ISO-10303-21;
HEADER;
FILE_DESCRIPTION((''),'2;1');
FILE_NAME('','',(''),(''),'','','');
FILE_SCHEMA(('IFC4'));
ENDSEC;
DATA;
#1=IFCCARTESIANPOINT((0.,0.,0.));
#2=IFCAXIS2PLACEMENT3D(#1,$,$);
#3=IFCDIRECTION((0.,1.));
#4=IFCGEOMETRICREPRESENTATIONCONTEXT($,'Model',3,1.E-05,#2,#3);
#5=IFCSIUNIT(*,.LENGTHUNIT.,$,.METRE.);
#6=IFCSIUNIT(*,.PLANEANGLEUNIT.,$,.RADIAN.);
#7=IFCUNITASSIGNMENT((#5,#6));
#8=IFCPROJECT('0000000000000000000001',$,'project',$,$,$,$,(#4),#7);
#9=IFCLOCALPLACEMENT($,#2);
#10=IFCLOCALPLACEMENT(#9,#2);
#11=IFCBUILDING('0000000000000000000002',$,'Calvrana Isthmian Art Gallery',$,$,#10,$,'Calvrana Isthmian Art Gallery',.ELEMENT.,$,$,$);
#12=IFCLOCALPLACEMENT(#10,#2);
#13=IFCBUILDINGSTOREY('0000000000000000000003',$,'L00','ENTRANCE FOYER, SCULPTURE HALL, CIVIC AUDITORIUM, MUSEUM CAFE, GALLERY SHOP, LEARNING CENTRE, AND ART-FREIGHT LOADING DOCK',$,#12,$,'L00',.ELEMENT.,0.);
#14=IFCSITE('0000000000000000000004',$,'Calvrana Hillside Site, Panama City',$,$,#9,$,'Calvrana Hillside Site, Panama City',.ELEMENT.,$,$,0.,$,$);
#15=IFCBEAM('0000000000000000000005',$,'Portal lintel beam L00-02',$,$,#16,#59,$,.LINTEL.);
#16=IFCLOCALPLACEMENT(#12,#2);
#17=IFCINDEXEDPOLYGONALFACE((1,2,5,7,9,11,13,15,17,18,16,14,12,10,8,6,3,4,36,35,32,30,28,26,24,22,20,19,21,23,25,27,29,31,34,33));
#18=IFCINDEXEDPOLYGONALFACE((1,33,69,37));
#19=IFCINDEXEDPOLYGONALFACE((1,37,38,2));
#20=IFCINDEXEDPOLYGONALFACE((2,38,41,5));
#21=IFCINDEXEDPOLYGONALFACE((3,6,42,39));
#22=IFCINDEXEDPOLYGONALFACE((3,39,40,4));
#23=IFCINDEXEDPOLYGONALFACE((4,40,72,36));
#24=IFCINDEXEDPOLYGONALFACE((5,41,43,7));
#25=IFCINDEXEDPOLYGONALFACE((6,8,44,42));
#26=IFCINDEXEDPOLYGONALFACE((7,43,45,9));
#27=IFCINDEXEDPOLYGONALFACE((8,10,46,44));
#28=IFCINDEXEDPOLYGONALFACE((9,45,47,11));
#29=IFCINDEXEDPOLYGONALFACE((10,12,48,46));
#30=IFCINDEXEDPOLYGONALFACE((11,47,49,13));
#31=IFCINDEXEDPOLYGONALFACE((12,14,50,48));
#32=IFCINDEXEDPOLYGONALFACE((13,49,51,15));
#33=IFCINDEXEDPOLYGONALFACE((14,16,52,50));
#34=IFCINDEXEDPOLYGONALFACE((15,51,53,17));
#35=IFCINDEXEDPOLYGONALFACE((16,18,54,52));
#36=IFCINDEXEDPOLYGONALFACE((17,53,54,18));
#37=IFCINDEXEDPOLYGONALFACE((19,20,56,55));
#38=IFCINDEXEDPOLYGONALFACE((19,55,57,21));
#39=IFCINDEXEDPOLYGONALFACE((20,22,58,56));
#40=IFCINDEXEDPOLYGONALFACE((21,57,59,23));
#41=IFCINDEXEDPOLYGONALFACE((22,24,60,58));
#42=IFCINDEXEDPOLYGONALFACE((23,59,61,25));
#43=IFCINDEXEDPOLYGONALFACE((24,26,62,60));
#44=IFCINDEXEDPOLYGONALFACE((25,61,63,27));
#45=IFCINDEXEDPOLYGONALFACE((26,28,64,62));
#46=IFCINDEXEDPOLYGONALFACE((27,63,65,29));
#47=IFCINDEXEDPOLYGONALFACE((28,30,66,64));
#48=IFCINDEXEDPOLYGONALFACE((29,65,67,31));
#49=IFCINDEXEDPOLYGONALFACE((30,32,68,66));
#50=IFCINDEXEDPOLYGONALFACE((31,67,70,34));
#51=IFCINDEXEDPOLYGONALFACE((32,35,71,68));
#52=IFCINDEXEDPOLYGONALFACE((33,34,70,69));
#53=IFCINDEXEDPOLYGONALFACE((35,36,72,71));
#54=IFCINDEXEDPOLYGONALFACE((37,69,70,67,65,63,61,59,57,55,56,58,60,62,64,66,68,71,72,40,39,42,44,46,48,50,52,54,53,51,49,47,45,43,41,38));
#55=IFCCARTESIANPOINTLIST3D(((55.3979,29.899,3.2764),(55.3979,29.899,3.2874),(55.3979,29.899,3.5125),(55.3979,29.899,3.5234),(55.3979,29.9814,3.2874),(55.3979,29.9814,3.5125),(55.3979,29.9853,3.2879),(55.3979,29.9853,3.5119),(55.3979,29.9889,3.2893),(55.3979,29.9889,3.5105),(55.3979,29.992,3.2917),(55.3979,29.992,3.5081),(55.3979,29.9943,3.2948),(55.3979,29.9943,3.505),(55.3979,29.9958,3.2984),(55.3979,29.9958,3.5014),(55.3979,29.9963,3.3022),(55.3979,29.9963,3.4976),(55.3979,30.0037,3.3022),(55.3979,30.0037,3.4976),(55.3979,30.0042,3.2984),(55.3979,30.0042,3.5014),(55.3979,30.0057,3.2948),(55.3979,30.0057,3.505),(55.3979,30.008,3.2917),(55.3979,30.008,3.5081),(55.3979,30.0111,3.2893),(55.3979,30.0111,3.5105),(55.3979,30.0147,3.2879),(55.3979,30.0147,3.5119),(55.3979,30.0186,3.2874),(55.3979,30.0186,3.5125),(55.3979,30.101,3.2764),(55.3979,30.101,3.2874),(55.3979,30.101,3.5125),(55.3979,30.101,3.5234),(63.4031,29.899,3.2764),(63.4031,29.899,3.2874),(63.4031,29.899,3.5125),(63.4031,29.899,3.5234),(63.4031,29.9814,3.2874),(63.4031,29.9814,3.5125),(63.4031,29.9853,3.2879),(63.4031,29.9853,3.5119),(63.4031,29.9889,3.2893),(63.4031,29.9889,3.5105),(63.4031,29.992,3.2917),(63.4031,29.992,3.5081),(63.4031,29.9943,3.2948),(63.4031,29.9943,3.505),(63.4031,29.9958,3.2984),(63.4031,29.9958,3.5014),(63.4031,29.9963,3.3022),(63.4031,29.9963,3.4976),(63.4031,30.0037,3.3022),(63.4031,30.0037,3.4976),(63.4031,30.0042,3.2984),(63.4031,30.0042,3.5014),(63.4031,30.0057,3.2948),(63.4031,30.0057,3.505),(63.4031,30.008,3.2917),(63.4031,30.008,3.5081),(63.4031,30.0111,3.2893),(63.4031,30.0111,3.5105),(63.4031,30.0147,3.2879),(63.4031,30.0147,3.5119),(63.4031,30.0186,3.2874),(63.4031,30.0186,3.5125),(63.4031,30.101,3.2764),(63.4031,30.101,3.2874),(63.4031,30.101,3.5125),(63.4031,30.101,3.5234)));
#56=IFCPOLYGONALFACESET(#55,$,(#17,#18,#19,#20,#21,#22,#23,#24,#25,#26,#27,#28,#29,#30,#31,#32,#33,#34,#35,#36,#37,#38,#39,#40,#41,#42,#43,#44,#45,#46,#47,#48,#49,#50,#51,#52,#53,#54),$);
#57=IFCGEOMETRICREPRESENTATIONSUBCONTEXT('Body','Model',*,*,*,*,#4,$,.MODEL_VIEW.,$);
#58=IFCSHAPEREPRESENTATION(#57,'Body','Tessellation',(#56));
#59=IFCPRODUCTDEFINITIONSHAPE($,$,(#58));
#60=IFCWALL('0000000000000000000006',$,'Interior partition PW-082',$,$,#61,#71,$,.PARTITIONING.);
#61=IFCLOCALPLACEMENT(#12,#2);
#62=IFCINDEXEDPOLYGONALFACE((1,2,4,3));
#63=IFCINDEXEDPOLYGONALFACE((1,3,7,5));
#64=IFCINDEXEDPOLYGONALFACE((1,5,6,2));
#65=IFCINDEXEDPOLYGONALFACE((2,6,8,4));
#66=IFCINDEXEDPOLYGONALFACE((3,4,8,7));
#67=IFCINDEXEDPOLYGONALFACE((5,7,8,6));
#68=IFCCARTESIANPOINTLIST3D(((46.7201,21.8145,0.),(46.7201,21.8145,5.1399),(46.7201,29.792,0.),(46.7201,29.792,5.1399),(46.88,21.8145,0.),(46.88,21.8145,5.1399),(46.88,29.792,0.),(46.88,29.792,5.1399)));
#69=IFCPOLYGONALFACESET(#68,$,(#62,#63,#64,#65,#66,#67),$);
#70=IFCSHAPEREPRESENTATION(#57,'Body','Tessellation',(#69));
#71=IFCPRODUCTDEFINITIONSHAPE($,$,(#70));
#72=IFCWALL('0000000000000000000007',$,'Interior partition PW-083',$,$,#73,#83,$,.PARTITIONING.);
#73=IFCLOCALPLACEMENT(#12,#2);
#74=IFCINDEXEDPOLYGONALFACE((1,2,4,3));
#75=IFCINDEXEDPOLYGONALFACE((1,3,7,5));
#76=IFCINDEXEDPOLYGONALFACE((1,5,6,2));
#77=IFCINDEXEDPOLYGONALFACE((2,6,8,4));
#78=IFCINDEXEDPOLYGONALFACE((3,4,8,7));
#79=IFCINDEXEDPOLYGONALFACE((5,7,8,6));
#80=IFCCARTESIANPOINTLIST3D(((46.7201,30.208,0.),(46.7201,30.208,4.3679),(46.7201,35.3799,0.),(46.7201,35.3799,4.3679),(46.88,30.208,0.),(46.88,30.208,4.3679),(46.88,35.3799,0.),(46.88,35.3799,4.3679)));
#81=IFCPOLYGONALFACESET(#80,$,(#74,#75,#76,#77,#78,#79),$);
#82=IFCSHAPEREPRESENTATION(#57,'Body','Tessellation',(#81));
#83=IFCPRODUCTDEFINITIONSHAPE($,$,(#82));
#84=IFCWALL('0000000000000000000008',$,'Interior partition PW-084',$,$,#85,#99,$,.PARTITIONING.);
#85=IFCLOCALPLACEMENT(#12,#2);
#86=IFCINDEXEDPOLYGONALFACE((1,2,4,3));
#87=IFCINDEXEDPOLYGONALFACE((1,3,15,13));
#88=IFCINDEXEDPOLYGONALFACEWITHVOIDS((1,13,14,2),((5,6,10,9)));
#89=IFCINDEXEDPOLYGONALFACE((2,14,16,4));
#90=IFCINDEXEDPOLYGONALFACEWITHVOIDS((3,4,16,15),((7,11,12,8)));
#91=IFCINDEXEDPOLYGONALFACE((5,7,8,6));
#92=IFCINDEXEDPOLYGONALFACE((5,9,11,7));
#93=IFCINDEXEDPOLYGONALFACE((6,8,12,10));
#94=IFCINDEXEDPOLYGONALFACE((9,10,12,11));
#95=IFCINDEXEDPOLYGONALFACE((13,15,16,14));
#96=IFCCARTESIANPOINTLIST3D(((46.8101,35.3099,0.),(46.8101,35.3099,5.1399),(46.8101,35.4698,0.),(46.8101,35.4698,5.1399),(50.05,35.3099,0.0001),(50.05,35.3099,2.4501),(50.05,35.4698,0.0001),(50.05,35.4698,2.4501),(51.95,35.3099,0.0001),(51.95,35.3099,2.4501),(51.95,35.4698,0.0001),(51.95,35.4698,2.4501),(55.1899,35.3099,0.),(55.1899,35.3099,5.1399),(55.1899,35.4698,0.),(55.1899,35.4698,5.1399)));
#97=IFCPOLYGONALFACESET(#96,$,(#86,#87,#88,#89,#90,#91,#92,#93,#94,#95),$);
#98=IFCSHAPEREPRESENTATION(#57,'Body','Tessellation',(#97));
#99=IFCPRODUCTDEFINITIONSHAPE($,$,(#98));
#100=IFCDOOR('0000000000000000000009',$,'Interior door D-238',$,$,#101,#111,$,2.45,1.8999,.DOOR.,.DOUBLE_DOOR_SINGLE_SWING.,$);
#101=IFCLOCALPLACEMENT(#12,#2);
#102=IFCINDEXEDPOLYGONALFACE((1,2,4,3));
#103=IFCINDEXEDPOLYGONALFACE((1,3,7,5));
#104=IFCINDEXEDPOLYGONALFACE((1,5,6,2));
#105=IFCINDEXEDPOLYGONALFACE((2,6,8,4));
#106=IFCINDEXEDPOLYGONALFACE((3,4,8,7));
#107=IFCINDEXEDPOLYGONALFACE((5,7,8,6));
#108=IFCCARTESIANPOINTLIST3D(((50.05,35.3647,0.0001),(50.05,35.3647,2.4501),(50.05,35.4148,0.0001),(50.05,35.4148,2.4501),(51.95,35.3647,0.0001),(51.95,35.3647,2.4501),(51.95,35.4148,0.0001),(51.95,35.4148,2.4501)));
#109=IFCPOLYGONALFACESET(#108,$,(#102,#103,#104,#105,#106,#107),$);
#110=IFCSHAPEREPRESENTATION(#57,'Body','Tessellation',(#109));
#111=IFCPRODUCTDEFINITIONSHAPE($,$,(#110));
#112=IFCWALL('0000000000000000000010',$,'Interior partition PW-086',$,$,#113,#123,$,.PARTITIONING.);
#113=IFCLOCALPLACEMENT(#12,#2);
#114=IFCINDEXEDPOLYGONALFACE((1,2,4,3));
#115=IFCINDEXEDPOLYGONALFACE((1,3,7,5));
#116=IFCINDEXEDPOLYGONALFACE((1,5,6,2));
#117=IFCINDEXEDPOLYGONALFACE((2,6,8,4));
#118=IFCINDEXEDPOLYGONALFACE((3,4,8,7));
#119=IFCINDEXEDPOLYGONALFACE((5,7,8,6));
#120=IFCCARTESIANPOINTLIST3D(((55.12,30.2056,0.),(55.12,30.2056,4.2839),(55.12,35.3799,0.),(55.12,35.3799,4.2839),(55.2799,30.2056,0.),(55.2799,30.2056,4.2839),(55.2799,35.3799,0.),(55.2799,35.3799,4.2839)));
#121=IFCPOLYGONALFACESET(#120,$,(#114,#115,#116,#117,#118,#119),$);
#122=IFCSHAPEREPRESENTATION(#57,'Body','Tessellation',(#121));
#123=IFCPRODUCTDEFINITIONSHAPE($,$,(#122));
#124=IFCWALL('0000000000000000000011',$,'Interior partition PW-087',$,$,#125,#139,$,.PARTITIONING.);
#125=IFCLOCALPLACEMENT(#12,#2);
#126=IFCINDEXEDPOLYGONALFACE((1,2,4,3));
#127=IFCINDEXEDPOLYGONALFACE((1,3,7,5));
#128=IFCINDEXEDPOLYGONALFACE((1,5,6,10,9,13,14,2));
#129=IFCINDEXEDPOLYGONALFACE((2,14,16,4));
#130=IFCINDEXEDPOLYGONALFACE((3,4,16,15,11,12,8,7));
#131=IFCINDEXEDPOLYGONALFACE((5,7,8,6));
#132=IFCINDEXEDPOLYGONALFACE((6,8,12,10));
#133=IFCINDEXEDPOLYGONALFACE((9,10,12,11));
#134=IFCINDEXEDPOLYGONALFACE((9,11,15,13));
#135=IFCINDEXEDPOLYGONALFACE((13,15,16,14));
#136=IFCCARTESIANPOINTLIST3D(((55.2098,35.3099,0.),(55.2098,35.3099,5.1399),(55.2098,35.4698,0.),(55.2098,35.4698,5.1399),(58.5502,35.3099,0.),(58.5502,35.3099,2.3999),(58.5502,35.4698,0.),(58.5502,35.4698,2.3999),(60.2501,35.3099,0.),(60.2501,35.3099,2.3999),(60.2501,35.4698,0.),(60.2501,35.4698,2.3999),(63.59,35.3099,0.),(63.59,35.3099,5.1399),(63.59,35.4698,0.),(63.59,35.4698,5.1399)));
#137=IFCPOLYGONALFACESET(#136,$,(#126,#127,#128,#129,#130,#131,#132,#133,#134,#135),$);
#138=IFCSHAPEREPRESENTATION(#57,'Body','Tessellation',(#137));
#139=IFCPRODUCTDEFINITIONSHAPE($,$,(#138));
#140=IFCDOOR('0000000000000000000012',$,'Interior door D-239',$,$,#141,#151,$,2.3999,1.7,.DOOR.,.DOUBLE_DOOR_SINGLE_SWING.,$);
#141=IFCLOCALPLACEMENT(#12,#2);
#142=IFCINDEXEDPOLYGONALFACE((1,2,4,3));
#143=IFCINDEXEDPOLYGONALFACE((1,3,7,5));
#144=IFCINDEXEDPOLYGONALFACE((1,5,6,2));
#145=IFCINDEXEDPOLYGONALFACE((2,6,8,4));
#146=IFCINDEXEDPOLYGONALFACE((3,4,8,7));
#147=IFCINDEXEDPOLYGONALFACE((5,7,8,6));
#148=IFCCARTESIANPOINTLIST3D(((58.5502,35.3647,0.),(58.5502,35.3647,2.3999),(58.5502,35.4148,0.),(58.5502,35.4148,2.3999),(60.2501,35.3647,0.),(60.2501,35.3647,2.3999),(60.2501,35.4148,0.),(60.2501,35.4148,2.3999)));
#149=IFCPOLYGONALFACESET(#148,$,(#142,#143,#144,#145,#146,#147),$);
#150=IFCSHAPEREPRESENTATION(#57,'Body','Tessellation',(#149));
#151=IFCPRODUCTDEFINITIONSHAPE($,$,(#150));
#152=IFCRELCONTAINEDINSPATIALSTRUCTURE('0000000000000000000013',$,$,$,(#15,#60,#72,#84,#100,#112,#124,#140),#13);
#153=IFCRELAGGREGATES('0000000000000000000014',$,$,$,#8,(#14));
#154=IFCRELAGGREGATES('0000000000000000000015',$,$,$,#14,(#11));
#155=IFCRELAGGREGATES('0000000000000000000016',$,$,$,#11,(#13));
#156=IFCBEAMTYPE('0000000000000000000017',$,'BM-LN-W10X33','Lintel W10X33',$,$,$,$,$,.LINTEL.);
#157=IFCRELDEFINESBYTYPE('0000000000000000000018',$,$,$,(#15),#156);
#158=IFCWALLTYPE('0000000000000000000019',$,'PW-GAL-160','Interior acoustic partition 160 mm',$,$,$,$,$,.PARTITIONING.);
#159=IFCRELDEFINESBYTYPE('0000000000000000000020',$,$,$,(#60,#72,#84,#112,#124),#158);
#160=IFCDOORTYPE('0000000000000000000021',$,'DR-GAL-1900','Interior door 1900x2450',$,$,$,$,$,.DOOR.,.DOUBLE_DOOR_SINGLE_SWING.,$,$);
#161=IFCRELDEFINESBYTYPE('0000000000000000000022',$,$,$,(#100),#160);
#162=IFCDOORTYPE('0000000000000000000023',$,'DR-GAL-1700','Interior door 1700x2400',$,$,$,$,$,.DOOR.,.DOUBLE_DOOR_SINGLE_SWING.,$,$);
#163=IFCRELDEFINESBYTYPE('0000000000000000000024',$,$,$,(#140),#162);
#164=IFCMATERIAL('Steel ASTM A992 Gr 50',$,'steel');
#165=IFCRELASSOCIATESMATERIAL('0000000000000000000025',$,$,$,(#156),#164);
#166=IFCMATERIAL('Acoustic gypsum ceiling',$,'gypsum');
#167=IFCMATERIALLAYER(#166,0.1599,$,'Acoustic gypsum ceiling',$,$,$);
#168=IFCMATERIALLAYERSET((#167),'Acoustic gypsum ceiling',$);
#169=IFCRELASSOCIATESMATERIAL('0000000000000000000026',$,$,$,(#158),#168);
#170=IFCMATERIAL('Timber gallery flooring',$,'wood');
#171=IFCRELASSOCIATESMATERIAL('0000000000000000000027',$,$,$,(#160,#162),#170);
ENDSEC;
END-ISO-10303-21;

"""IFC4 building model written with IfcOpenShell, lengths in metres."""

from ifc_helpers import new_model, si_unit, direction, frame, frame_2d, origin, origin_2d, place, context, subcontext, project, spatial, rectangle, i_section, extrude, material, layer, layer_set, material_profile, profile_set, type_object, element, fill, save


model = new_model("IFC4")

# Units and contexts
model_context = context("Model", 3, precision=1e-05, world=origin(), true_north=direction((0.0, 1.0)))
body_context = subcontext(model_context, "Body", "Model", "MODEL_VIEW")
ifc_project = project(units=[si_unit("LENGTHUNIT", "METRE"), si_unit("PLANEANGLEUNIT", "RADIAN")], contexts=[model_context])

# Site, building, storey
site_placement = place(None, origin())
site = spatial("IfcSite", under=ifc_project, at=site_placement, Name="Calvrana Hillside Site, Panama City", LongName="Calvrana Hillside Site, Panama City", CompositionType="ELEMENT", RefElevation=0.0)
building_placement = place(site_placement, origin())
building = spatial("IfcBuilding", under=site, at=building_placement, Name="Calvrana Isthmian Art Gallery", LongName="Calvrana Isthmian Art Gallery", CompositionType="ELEMENT")
storey_placement = place(building_placement, origin())
storey = spatial("IfcBuildingStorey", under=building, at=storey_placement, Name="L00", Description="ENTRANCE FOYER, SCULPTURE HALL, CIVIC AUDITORIUM, MUSEUM CAFE, GALLERY SHOP, LEARNING CENTRE, AND ART-FREIGHT LOADING DOCK", LongName="L00", CompositionType="ELEMENT", Elevation=0.0)

# Shared definitions
ifc_material_1 = material(Name="Steel ASTM A992 Gr 50", Category="steel")

# Beam
ifc_material_profile_1 = material_profile(ifc_material_1, i_section(OverallWidth=0.2019, OverallDepth=0.2471, WebThickness=0.0073, FlangeThickness=0.011, FilletRadius=0.0149, at=origin_2d()), Name="W10X33")
ifc_profile_set_1 = profile_set([ifc_material_profile_1], Name="Steel ASTM A992 Gr 50")
beam_type_1 = type_object("IfcBeamType", Name="BM-LN-W10X33", Description="Lintel W10X33", PredefinedType="LINTEL", material=ifc_profile_set_1)
beam_1_placement = place(storey_placement, frame((55.3979, 30.0, 3.3999), z_axis=(1.0, 0.0, 0.0), x_axis=(0.0, 1.0, 0.0)))
element("IfcBeam", 1, at=beam_1_placement, inside=storey, type_object=beam_type_1, Name="Portal lintel beam L00-02", PredefinedType="LINTEL", context=body_context, shape_type="SweptSolid", body=[
    extrude(i_section(OverallWidth=0.2019, OverallDepth=0.2471, WebThickness=0.0073, FlangeThickness=0.011, FilletRadius=0.0149, at=origin_2d()), origin(), (0.0, 0.0, 1.0), 8.0051),
])

# Walls
ifc_material_2 = material(Name="Acoustic gypsum ceiling", Category="gypsum")
ifc_layer = layer(ifc_material_2, 0.1599, Name="Acoustic gypsum ceiling")
ifc_layer_set = layer_set([ifc_layer], Name="Acoustic gypsum ceiling")
wall_type = type_object("IfcWallType", Name="PW-GAL-160", Description="Interior acoustic partition 160 mm", PredefinedType="PARTITIONING", material=ifc_layer_set)
wall_1_placement = place(storey_placement, frame((46.8, 21.8145, 0.0), z_axis=(0.0, 0.0, 1.0), x_axis=(0.0, 1.0, 0.0)))
element("IfcWall", 2, at=wall_1_placement, inside=storey, type_object=wall_type, Name="Interior partition PW-082", PredefinedType="PARTITIONING", context=body_context, shape_type="SweptSolid", body=[
    extrude(rectangle(XDim=7.9775, YDim=0.1599, at=frame_2d((3.9888, 0.0))), origin(), (0.0, 0.0, 1.0), 5.1399),
])
wall_2_placement = place(storey_placement, frame((46.8, 30.208, 0.0), z_axis=(0.0, 0.0, 1.0), x_axis=(0.0, 1.0, 0.0)))
element("IfcWall", 3, at=wall_2_placement, inside=storey, type_object=wall_type, Name="Interior partition PW-083", PredefinedType="PARTITIONING", context=body_context, shape_type="SweptSolid", body=[
    extrude(rectangle(XDim=5.1719, YDim=0.1599, at=frame_2d((2.5859, 0.0))), origin(), (0.0, 0.0, 1.0), 4.3679),
])

# Wall, opening, door
wall_3_placement = place(storey_placement, frame((46.8101, 35.3899, 0.0), z_axis=(0.0, 0.0, 1.0), x_axis=(1.0, 0.0, 0.0)))
wall_3 = element("IfcWall", 4, at=wall_3_placement, inside=storey, type_object=wall_type, Name="Interior partition PW-084", PredefinedType="PARTITIONING", context=body_context, shape_type="SweptSolid", body=[
    extrude(rectangle(XDim=8.3799, YDim=0.1599, at=frame_2d((4.1899, 0.0))), origin(), (0.0, 0.0, 1.0), 5.1399),
])
opening_1_placement = place(wall_3_placement, frame((3.24, 0.0, 0.0)))
opening_1 = element("IfcOpeningElement", 5, at=opening_1_placement, cuts=wall_3, PredefinedType="OPENING", context=body_context, shape_type="SweptSolid", body=[
    extrude(rectangle(XDim=1.8999, YDim=2.45, at=frame_2d((0.95, 1.2251))), frame((0.0, 0.0903, 0.0), z_axis=(0.0, -1.0, 0.0), x_axis=(1.0, 0.0, 0.0)), (0.0, 0.0, 1.0), 0.1804),
])
ifc_material_3 = material(Name="Timber gallery flooring", Category="wood")
door_type_1 = type_object("IfcDoorType", Name="DR-GAL-1900", Description="Interior door 1900x2450", OperationType="DOUBLE_DOOR_SINGLE_SWING", PredefinedType="DOOR", material=ifc_material_3)
door_1_placement = place(opening_1_placement, origin())
door_1 = element("IfcDoor", 6, at=door_1_placement, inside=storey, type_object=door_type_1, Name="Interior door D-238", OperationType="DOUBLE_DOOR_SINGLE_SWING", OverallHeight=2.45, OverallWidth=1.8999, PredefinedType="DOOR", context=body_context, shape_type="SweptSolid", body=[
    extrude(rectangle(XDim=1.8999, YDim=2.45, at=frame_2d((0.95, 1.2251))), frame((0.0, 0.0249, 0.0), z_axis=(0.0, -1.0, 0.0), x_axis=(1.0, 0.0, 0.0)), (0.0, 0.0, 1.0), 0.05),
])
fill(opening_1, door_1)

# Wall
wall_4_placement = place(storey_placement, frame((55.2, 30.2056, 0.0), z_axis=(0.0, 0.0, 1.0), x_axis=(0.0, 1.0, 0.0)))
element("IfcWall", 7, at=wall_4_placement, inside=storey, type_object=wall_type, Name="Interior partition PW-086", PredefinedType="PARTITIONING", context=body_context, shape_type="SweptSolid", body=[
    extrude(rectangle(XDim=5.1743, YDim=0.1599, at=frame_2d((2.5872, 0.0))), origin(), (0.0, 0.0, 1.0), 4.2839),
])

# Wall, opening, door
wall_5_placement = place(storey_placement, frame((55.21, 35.3899, 0.0), z_axis=(0.0, 0.0, 1.0), x_axis=(1.0, 0.0, 0.0)))
wall_5 = element("IfcWall", 8, at=wall_5_placement, inside=storey, type_object=wall_type, Name="Interior partition PW-087", PredefinedType="PARTITIONING", context=body_context, shape_type="SweptSolid", body=[
    extrude(rectangle(XDim=8.3801, YDim=0.1599, at=frame_2d((4.1899, 0.0))), origin(), (0.0, 0.0, 1.0), 5.1399),
])
opening_2_placement = place(wall_5_placement, frame((3.3401, 0.0, 0.0)))
opening_2 = element("IfcOpeningElement", 9, at=opening_2_placement, cuts=wall_5, PredefinedType="OPENING", context=body_context, shape_type="SweptSolid", body=[
    extrude(rectangle(XDim=1.7, YDim=2.3999, at=frame_2d((0.8501, 1.2))), frame((0.0, 0.0903, 0.0), z_axis=(0.0, -1.0, 0.0), x_axis=(1.0, 0.0, 0.0)), (0.0, 0.0, 1.0), 0.1804),
])
door_type_2 = type_object("IfcDoorType", Name="DR-GAL-1700", Description="Interior door 1700x2400", OperationType="DOUBLE_DOOR_SINGLE_SWING", PredefinedType="DOOR", material=ifc_material_3)
door_2_placement = place(opening_2_placement, origin())
door_2 = element("IfcDoor", 10, at=door_2_placement, inside=storey, type_object=door_type_2, Name="Interior door D-239", OperationType="DOUBLE_DOOR_SINGLE_SWING", OverallHeight=2.3999, OverallWidth=1.7, PredefinedType="DOOR", context=body_context, shape_type="SweptSolid", body=[
    extrude(rectangle(XDim=1.7, YDim=2.3999, at=frame_2d((0.8501, 1.2))), frame((0.0, 0.0249, 0.0), z_axis=(0.0, -1.0, 0.0), x_axis=(1.0, 0.0, 0.0)), (0.0, 0.0, 1.0), 0.05),
])
fill(opening_2, door_2)

save(model, "model.ifc")
